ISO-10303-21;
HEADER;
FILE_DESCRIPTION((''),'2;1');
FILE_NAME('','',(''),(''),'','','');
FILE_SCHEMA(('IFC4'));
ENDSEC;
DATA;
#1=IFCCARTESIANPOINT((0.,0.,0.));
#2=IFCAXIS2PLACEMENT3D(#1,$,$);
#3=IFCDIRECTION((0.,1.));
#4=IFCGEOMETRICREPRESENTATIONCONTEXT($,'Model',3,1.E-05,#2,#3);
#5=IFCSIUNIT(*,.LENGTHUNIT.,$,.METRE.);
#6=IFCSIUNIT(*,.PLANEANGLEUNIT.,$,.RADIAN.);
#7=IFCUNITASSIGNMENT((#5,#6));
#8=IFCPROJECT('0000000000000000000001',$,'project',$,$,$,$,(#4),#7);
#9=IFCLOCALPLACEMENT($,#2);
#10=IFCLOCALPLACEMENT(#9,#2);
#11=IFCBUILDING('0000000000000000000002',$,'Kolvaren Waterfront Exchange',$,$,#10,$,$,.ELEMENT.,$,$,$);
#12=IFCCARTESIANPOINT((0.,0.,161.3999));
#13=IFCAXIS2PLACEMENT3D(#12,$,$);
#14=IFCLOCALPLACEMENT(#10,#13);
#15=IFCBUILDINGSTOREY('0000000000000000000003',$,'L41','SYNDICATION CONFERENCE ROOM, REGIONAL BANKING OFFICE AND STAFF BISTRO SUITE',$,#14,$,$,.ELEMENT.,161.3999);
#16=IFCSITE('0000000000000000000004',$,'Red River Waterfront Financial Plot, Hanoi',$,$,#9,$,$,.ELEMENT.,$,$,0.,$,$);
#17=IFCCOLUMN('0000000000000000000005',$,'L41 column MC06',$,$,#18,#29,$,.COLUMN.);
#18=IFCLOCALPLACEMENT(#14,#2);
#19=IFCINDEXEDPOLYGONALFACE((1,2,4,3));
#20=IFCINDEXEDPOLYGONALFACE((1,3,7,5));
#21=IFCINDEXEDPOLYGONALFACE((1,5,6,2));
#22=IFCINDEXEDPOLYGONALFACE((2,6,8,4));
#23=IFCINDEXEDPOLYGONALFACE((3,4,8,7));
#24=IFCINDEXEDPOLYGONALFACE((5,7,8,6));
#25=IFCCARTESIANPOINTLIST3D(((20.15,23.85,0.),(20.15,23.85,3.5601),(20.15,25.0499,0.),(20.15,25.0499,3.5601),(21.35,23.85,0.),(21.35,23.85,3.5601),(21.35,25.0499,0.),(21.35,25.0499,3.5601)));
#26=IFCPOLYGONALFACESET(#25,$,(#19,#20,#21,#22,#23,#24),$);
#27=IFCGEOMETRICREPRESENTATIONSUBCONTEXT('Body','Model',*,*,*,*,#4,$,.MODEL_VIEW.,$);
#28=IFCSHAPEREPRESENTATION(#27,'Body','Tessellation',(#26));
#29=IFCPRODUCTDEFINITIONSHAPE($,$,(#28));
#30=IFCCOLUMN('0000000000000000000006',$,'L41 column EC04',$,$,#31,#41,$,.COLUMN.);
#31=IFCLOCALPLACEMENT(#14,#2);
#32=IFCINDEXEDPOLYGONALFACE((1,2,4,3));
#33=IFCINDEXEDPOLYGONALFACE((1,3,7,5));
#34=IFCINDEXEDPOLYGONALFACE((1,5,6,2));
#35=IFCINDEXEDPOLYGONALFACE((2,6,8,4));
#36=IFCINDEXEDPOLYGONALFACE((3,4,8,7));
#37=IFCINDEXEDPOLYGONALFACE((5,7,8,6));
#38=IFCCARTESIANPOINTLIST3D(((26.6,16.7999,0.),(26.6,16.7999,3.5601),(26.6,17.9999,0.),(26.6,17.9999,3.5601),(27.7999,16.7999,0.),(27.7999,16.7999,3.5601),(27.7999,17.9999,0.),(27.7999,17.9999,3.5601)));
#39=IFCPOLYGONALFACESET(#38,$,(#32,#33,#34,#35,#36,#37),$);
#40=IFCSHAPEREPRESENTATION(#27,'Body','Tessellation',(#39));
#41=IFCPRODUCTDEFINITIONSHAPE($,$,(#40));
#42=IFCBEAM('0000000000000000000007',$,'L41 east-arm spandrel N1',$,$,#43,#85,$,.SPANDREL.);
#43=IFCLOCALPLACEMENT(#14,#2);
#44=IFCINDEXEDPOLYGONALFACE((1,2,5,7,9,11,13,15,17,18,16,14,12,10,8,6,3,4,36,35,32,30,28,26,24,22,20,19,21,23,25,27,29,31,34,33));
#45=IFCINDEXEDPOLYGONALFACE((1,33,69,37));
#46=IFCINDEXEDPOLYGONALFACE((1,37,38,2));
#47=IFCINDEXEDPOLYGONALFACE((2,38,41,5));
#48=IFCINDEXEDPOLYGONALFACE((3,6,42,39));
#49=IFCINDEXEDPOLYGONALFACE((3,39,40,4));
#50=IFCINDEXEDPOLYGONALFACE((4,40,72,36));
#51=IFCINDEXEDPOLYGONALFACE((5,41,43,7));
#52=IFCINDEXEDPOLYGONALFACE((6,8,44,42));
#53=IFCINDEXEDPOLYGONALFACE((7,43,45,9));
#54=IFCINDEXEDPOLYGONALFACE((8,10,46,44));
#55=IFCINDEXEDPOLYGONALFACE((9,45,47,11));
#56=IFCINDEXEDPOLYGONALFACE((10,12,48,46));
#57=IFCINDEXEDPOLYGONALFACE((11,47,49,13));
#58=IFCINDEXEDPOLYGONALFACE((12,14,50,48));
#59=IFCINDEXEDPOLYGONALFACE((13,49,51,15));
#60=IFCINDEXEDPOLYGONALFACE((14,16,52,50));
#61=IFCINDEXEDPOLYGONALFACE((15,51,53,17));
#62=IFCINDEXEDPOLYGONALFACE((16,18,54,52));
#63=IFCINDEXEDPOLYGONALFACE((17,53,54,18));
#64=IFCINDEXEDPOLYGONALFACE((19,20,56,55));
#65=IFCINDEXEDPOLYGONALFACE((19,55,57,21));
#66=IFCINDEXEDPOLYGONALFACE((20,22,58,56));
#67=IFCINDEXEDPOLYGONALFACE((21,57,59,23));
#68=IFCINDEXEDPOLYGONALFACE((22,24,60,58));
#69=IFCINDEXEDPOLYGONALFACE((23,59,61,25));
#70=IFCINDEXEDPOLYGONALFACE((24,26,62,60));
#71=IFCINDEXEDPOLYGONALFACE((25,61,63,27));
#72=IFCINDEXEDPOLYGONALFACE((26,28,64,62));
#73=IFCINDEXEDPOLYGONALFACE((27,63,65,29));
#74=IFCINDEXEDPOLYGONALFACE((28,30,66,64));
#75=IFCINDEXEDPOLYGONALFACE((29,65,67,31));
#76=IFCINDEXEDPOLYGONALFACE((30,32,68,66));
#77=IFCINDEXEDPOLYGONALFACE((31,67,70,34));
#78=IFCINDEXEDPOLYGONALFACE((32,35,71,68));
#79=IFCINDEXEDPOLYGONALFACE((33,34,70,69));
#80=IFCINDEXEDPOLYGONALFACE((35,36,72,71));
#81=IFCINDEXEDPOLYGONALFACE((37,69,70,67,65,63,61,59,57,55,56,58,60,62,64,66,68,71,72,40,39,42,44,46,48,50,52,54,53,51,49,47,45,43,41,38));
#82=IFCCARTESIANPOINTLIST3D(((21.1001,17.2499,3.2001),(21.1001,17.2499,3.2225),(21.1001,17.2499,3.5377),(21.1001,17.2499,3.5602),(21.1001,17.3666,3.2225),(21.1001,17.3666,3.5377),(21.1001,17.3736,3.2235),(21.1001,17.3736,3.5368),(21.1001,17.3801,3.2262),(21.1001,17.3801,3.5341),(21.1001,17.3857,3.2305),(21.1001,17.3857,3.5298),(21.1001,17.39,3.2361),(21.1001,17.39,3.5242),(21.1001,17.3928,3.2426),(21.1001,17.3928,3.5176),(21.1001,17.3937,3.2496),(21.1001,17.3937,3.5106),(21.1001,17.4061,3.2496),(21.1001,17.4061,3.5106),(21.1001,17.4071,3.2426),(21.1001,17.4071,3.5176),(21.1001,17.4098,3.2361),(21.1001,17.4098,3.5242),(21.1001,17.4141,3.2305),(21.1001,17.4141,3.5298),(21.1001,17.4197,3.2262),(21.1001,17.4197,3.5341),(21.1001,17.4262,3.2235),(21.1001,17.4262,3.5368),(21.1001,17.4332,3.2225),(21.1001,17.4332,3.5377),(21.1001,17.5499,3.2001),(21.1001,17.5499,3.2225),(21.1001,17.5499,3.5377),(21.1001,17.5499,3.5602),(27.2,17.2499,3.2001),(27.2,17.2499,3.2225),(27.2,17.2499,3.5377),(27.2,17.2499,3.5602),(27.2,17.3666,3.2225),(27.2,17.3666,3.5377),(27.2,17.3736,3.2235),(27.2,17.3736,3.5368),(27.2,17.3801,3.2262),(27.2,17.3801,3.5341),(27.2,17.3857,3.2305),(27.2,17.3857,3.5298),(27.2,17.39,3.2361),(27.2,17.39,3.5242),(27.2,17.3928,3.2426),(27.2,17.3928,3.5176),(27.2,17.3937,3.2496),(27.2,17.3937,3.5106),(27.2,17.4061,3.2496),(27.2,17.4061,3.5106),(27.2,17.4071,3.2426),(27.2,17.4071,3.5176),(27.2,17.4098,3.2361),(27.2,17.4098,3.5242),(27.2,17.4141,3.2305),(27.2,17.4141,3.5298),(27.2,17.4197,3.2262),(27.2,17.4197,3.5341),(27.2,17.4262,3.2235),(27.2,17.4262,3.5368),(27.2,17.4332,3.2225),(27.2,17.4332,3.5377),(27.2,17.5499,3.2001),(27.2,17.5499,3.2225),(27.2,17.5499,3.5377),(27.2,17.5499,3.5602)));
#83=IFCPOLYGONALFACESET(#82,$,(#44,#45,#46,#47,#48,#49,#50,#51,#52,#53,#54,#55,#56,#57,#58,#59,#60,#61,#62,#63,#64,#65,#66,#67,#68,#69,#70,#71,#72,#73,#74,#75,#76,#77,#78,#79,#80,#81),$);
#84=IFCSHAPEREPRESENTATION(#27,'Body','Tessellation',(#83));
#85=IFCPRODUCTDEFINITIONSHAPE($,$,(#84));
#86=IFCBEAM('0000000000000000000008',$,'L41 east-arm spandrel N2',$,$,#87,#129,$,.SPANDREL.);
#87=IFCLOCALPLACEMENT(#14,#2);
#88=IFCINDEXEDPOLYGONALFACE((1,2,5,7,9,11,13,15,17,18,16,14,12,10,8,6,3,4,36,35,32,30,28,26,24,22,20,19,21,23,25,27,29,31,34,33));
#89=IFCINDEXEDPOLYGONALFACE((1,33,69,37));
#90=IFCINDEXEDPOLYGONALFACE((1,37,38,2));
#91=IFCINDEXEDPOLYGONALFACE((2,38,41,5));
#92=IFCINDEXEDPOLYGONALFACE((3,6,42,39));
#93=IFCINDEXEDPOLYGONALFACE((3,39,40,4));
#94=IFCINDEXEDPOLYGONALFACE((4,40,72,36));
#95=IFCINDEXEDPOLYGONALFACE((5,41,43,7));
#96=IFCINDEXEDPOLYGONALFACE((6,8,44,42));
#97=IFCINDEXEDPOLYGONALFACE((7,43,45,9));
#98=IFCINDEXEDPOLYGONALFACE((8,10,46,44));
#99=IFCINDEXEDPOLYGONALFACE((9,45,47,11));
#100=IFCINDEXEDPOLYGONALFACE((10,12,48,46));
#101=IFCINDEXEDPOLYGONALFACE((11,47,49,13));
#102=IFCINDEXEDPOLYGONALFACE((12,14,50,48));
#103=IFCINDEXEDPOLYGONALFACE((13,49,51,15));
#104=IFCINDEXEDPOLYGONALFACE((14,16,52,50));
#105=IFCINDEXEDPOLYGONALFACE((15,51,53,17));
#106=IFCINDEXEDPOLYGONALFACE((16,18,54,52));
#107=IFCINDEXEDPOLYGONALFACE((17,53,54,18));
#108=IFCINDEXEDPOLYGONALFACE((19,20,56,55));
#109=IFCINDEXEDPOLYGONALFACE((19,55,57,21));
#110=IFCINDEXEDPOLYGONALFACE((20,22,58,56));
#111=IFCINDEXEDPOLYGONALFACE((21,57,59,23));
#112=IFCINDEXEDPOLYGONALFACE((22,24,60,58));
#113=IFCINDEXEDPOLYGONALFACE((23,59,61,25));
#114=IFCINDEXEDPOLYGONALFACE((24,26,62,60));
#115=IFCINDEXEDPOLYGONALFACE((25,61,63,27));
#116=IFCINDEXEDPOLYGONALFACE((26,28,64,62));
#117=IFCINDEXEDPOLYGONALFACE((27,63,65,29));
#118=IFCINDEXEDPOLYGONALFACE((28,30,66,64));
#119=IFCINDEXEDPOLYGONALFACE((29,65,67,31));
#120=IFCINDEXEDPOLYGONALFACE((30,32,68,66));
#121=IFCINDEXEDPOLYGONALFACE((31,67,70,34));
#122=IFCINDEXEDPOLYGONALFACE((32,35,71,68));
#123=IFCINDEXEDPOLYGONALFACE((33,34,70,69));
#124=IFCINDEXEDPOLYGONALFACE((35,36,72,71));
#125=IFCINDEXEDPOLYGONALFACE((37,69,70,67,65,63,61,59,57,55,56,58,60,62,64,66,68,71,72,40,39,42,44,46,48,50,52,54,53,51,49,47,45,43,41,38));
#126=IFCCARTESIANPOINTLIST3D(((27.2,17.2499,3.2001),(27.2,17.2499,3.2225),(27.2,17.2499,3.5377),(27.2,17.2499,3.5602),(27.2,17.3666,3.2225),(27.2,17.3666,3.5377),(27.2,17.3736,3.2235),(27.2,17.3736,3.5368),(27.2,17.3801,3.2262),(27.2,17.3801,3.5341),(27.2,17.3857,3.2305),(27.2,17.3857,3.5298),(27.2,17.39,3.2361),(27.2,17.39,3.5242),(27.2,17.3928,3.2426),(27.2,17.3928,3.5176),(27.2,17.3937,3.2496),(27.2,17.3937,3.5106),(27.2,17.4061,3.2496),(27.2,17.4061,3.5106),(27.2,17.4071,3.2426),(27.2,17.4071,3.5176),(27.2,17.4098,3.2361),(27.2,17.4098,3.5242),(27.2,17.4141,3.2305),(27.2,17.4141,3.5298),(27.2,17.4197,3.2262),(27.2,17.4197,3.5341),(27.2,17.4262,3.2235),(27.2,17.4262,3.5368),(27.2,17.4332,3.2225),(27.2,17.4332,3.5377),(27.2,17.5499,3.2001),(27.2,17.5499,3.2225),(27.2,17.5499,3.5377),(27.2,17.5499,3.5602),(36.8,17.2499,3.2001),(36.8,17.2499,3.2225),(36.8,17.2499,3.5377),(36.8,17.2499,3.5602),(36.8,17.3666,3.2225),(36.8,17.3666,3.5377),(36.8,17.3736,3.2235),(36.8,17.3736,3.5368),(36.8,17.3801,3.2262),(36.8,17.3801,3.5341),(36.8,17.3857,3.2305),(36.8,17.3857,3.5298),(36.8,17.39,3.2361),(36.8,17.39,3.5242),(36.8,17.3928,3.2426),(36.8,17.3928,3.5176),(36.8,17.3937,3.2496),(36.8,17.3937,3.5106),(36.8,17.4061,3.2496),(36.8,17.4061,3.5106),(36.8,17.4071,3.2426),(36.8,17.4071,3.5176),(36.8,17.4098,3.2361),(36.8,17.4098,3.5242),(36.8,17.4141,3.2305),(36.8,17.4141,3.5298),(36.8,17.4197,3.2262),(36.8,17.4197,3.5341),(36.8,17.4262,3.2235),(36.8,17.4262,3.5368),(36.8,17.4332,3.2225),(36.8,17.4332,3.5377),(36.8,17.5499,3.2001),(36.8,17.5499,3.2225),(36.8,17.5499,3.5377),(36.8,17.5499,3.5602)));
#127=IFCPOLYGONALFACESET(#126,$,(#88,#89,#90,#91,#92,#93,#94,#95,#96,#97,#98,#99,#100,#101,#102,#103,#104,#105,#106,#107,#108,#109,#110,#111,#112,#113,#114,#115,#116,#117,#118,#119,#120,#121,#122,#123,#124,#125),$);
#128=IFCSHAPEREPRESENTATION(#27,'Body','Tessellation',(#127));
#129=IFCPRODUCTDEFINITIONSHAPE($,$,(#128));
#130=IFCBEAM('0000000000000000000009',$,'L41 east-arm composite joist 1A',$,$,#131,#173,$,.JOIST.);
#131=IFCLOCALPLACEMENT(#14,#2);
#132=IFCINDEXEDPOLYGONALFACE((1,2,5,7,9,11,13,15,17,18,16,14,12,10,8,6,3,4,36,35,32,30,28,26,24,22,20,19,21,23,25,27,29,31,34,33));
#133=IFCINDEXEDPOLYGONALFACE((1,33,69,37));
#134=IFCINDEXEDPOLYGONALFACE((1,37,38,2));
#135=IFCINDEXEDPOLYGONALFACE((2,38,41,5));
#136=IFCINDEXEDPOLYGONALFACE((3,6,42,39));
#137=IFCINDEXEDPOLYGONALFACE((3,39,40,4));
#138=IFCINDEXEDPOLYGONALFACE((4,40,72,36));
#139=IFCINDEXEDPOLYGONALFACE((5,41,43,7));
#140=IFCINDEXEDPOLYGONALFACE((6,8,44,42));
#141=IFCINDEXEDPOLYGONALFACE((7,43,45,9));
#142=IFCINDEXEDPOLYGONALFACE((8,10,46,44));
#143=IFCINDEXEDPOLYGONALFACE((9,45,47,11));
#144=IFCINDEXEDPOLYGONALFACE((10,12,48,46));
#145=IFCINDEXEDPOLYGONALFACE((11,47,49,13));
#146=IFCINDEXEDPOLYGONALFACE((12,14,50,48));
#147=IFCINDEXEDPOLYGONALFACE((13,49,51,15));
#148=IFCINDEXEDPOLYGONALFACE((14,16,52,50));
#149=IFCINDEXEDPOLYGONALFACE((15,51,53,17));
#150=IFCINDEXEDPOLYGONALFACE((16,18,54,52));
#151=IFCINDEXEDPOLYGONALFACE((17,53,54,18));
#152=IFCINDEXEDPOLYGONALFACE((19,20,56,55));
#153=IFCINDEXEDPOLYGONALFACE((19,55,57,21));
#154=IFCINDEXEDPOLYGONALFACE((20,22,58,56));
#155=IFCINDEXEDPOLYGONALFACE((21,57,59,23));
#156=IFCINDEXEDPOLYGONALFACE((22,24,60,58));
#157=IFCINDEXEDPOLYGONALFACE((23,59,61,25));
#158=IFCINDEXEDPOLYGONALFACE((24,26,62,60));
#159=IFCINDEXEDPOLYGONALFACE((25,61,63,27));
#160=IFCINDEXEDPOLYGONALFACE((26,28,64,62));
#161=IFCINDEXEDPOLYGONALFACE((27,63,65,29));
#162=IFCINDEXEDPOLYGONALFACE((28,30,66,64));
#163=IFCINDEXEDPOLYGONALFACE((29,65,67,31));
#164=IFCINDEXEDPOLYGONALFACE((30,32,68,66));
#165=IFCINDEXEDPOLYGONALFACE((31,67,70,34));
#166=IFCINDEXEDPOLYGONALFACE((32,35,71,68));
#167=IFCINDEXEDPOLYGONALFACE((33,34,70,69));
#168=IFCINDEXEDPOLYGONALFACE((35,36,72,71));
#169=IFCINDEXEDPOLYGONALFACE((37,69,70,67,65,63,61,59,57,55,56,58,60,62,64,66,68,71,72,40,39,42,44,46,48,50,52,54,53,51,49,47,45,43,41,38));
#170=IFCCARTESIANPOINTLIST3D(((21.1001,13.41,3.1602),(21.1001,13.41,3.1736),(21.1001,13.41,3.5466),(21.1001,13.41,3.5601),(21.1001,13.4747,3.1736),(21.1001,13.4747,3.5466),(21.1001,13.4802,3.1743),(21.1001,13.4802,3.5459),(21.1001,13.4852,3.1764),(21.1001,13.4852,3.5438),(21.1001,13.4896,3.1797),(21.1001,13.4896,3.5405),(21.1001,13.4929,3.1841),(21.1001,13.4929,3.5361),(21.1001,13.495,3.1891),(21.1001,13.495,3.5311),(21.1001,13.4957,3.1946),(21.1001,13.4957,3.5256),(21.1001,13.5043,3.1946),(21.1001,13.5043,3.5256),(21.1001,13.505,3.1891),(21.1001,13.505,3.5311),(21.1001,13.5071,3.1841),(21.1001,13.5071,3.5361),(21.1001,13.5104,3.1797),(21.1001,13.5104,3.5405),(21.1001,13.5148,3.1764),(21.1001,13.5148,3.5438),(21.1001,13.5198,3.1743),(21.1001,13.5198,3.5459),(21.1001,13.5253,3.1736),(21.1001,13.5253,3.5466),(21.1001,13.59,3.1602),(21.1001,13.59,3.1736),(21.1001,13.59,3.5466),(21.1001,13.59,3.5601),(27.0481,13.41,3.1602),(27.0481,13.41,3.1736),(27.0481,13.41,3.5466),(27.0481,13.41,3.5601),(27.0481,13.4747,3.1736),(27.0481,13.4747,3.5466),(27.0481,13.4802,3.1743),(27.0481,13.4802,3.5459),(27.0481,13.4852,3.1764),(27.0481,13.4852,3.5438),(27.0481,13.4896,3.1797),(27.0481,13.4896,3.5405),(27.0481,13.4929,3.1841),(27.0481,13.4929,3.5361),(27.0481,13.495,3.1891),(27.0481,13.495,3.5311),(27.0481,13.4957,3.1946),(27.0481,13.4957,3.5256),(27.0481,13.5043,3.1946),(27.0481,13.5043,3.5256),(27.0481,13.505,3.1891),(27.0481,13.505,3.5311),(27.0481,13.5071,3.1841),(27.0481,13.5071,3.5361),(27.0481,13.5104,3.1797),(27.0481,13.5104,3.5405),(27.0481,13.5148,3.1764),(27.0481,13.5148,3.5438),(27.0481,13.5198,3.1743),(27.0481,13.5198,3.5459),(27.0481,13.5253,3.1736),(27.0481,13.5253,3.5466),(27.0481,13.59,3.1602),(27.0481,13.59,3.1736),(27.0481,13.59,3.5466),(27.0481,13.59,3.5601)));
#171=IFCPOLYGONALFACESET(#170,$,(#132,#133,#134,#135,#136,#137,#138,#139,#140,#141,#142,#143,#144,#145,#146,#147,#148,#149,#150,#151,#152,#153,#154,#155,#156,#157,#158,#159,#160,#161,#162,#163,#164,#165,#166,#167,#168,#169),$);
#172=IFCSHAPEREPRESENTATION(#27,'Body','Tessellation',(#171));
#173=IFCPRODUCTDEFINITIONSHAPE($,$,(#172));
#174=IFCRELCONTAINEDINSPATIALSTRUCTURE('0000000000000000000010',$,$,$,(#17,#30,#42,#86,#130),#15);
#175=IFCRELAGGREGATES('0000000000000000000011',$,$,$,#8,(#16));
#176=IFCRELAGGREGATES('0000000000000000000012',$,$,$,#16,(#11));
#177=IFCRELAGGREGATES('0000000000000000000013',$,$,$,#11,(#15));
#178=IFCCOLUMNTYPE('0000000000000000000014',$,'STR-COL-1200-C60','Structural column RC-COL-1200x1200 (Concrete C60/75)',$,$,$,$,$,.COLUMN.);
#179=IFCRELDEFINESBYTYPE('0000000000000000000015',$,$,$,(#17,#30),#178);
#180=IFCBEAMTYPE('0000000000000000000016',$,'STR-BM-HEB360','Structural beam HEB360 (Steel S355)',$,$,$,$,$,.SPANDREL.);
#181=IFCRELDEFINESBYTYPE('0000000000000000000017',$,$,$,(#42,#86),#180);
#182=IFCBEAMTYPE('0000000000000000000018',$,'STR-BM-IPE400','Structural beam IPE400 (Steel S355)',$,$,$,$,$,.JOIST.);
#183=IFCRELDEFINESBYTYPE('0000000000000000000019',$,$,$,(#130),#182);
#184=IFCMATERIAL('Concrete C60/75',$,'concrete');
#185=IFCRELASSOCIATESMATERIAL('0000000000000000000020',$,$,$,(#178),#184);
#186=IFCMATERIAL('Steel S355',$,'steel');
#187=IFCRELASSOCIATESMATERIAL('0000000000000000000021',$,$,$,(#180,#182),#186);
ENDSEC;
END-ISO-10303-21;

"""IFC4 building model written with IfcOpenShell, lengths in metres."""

from ifc_helpers import new_model, si_unit, direction, frame, origin, origin_2d, place, context, subcontext, project, spatial, rectangle, i_section, extrude, material, material_profile, profile_set, type_object, element, save


model = new_model("IFC4")

# Units and contexts
model_context = context("Model", 3, precision=1e-05, world=origin(), true_north=direction((0.0, 1.0)))
body_context = subcontext(model_context, "Body", "Model", "MODEL_VIEW")
ifc_project = project(units=[si_unit("LENGTHUNIT", "METRE"), si_unit("PLANEANGLEUNIT", "RADIAN")], contexts=[model_context])

# Site, building, storey
site_placement = place(None, origin())
site = spatial("IfcSite", under=ifc_project, at=site_placement, Name="Red River Waterfront Financial Plot, Hanoi", CompositionType="ELEMENT", RefElevation=0.0)
building_placement = place(site_placement, origin())
building = spatial("IfcBuilding", under=site, at=building_placement, Name="Kolvaren Waterfront Exchange", CompositionType="ELEMENT")
storey_placement = place(building_placement, frame((0.0, 0.0, 161.3999)))
storey = spatial("IfcBuildingStorey", under=building, at=storey_placement, Name="L41", Description="SYNDICATION CONFERENCE ROOM, REGIONAL BANKING OFFICE AND STAFF BISTRO SUITE", CompositionType="ELEMENT", Elevation=161.3999)

# Columns
ifc_material_1 = material(Name="Concrete C60/75", Category="concrete")
ifc_material_profile_1 = material_profile(ifc_material_1, rectangle(XDim=1.2, YDim=1.2, at=origin_2d()), Name="RC-COL-1200x1200")
ifc_profile_set_1 = profile_set([ifc_material_profile_1], Name="Concrete C60/75")
column_type = type_object("IfcColumnType", Name="STR-COL-1200-C60", Description="Structural column RC-COL-1200x1200 (Concrete C60/75)", PredefinedType="COLUMN", material=ifc_profile_set_1)
for number, where, z_axis, x_axis, name in (
    (1, (20.75, 24.45, 0.0), (0.0, 0.0, 1.0), (1.0, 0.0, 0.0), "L41 column MC06"),
    (2, (27.2, 17.3999, 0.0), (0.0, 0.0, 1.0), (1.0, 0.0, 0.0), "L41 column EC04"),
):
    element("IfcColumn", number, at=place(storey_placement, frame(where, z_axis=z_axis, x_axis=x_axis)), inside=storey, type_object=column_type, Name=name, PredefinedType="COLUMN", context=body_context, shape_type="SweptSolid", body=[
        extrude(rectangle(XDim=1.2, YDim=1.2, at=origin_2d()), origin(), (0.0, 0.0, 1.0), 3.5601),
    ])

# Beams
ifc_material_2 = material(Name="Steel S355", Category="steel")
ifc_material_profile_2 = material_profile(ifc_material_2, i_section(OverallWidth=0.3, OverallDepth=0.3601, WebThickness=0.0125, FlangeThickness=0.0225, FilletRadius=0.0271, at=origin_2d()), Name="HEB360")
ifc_profile_set_2 = profile_set([ifc_material_profile_2], Name="Steel S355")
beam_type_1 = type_object("IfcBeamType", Name="STR-BM-HEB360", Description="Structural beam HEB360 (Steel S355)", PredefinedType="SPANDREL", material=ifc_profile_set_2)
beam_1_placement = place(storey_placement, frame((21.1001, 17.3999, 3.3801), z_axis=(1.0, 0.0, 0.0), x_axis=(0.0, 1.0, 0.0)))
element("IfcBeam", 3, at=beam_1_placement, inside=storey, type_object=beam_type_1, Name="L41 east-arm spandrel N1", PredefinedType="SPANDREL", context=body_context, shape_type="SweptSolid", body=[
    extrude(i_section(OverallWidth=0.3, OverallDepth=0.3601, WebThickness=0.0125, FlangeThickness=0.0225, FilletRadius=0.0271, at=origin_2d()), origin(), (0.0, 0.0, 1.0), 6.0999),
])
beam_2_placement = place(storey_placement, frame((27.2, 17.3999, 3.3801), z_axis=(1.0, 0.0, 0.0), x_axis=(0.0, 1.0, 0.0)))
element("IfcBeam", 4, at=beam_2_placement, inside=storey, type_object=beam_type_1, Name="L41 east-arm spandrel N2", PredefinedType="SPANDREL", context=body_context, shape_type="SweptSolid", body=[
    extrude(i_section(OverallWidth=0.3, OverallDepth=0.3601, WebThickness=0.0125, FlangeThickness=0.0225, FilletRadius=0.0271, at=origin_2d()), origin(), (0.0, 0.0, 1.0), 9.6001),
])
ifc_material_profile_3 = material_profile(ifc_material_2, i_section(OverallWidth=0.1799, OverallDepth=0.3999, WebThickness=0.0085, FlangeThickness=0.0134, FilletRadius=0.021, at=origin_2d()), Name="IPE400")
ifc_profile_set_3 = profile_set([ifc_material_profile_3], Name="Steel S355")
beam_type_2 = type_object("IfcBeamType", Name="STR-BM-IPE400", Description="Structural beam IPE400 (Steel S355)", PredefinedType="JOIST", material=ifc_profile_set_3)
for number, where, z_axis, x_axis, name in (
    (5, (21.1001, 13.5, 3.3601), (1.0, 0.0, 0.0), (0.0, 1.0, 0.0), "L41 east-arm composite joist 1A"),
):
    element("IfcBeam", number, at=place(storey_placement, frame(where, z_axis=z_axis, x_axis=x_axis)), inside=storey, type_object=beam_type_2, Name=name, PredefinedType="JOIST", context=body_context, shape_type="SweptSolid", body=[
        extrude(i_section(OverallWidth=0.1799, OverallDepth=0.3999, WebThickness=0.0085, FlangeThickness=0.0134, FilletRadius=0.021, at=origin_2d()), origin(), (0.0, 0.0, 1.0), 5.948),
    ])

save(model, "model.ifc")
